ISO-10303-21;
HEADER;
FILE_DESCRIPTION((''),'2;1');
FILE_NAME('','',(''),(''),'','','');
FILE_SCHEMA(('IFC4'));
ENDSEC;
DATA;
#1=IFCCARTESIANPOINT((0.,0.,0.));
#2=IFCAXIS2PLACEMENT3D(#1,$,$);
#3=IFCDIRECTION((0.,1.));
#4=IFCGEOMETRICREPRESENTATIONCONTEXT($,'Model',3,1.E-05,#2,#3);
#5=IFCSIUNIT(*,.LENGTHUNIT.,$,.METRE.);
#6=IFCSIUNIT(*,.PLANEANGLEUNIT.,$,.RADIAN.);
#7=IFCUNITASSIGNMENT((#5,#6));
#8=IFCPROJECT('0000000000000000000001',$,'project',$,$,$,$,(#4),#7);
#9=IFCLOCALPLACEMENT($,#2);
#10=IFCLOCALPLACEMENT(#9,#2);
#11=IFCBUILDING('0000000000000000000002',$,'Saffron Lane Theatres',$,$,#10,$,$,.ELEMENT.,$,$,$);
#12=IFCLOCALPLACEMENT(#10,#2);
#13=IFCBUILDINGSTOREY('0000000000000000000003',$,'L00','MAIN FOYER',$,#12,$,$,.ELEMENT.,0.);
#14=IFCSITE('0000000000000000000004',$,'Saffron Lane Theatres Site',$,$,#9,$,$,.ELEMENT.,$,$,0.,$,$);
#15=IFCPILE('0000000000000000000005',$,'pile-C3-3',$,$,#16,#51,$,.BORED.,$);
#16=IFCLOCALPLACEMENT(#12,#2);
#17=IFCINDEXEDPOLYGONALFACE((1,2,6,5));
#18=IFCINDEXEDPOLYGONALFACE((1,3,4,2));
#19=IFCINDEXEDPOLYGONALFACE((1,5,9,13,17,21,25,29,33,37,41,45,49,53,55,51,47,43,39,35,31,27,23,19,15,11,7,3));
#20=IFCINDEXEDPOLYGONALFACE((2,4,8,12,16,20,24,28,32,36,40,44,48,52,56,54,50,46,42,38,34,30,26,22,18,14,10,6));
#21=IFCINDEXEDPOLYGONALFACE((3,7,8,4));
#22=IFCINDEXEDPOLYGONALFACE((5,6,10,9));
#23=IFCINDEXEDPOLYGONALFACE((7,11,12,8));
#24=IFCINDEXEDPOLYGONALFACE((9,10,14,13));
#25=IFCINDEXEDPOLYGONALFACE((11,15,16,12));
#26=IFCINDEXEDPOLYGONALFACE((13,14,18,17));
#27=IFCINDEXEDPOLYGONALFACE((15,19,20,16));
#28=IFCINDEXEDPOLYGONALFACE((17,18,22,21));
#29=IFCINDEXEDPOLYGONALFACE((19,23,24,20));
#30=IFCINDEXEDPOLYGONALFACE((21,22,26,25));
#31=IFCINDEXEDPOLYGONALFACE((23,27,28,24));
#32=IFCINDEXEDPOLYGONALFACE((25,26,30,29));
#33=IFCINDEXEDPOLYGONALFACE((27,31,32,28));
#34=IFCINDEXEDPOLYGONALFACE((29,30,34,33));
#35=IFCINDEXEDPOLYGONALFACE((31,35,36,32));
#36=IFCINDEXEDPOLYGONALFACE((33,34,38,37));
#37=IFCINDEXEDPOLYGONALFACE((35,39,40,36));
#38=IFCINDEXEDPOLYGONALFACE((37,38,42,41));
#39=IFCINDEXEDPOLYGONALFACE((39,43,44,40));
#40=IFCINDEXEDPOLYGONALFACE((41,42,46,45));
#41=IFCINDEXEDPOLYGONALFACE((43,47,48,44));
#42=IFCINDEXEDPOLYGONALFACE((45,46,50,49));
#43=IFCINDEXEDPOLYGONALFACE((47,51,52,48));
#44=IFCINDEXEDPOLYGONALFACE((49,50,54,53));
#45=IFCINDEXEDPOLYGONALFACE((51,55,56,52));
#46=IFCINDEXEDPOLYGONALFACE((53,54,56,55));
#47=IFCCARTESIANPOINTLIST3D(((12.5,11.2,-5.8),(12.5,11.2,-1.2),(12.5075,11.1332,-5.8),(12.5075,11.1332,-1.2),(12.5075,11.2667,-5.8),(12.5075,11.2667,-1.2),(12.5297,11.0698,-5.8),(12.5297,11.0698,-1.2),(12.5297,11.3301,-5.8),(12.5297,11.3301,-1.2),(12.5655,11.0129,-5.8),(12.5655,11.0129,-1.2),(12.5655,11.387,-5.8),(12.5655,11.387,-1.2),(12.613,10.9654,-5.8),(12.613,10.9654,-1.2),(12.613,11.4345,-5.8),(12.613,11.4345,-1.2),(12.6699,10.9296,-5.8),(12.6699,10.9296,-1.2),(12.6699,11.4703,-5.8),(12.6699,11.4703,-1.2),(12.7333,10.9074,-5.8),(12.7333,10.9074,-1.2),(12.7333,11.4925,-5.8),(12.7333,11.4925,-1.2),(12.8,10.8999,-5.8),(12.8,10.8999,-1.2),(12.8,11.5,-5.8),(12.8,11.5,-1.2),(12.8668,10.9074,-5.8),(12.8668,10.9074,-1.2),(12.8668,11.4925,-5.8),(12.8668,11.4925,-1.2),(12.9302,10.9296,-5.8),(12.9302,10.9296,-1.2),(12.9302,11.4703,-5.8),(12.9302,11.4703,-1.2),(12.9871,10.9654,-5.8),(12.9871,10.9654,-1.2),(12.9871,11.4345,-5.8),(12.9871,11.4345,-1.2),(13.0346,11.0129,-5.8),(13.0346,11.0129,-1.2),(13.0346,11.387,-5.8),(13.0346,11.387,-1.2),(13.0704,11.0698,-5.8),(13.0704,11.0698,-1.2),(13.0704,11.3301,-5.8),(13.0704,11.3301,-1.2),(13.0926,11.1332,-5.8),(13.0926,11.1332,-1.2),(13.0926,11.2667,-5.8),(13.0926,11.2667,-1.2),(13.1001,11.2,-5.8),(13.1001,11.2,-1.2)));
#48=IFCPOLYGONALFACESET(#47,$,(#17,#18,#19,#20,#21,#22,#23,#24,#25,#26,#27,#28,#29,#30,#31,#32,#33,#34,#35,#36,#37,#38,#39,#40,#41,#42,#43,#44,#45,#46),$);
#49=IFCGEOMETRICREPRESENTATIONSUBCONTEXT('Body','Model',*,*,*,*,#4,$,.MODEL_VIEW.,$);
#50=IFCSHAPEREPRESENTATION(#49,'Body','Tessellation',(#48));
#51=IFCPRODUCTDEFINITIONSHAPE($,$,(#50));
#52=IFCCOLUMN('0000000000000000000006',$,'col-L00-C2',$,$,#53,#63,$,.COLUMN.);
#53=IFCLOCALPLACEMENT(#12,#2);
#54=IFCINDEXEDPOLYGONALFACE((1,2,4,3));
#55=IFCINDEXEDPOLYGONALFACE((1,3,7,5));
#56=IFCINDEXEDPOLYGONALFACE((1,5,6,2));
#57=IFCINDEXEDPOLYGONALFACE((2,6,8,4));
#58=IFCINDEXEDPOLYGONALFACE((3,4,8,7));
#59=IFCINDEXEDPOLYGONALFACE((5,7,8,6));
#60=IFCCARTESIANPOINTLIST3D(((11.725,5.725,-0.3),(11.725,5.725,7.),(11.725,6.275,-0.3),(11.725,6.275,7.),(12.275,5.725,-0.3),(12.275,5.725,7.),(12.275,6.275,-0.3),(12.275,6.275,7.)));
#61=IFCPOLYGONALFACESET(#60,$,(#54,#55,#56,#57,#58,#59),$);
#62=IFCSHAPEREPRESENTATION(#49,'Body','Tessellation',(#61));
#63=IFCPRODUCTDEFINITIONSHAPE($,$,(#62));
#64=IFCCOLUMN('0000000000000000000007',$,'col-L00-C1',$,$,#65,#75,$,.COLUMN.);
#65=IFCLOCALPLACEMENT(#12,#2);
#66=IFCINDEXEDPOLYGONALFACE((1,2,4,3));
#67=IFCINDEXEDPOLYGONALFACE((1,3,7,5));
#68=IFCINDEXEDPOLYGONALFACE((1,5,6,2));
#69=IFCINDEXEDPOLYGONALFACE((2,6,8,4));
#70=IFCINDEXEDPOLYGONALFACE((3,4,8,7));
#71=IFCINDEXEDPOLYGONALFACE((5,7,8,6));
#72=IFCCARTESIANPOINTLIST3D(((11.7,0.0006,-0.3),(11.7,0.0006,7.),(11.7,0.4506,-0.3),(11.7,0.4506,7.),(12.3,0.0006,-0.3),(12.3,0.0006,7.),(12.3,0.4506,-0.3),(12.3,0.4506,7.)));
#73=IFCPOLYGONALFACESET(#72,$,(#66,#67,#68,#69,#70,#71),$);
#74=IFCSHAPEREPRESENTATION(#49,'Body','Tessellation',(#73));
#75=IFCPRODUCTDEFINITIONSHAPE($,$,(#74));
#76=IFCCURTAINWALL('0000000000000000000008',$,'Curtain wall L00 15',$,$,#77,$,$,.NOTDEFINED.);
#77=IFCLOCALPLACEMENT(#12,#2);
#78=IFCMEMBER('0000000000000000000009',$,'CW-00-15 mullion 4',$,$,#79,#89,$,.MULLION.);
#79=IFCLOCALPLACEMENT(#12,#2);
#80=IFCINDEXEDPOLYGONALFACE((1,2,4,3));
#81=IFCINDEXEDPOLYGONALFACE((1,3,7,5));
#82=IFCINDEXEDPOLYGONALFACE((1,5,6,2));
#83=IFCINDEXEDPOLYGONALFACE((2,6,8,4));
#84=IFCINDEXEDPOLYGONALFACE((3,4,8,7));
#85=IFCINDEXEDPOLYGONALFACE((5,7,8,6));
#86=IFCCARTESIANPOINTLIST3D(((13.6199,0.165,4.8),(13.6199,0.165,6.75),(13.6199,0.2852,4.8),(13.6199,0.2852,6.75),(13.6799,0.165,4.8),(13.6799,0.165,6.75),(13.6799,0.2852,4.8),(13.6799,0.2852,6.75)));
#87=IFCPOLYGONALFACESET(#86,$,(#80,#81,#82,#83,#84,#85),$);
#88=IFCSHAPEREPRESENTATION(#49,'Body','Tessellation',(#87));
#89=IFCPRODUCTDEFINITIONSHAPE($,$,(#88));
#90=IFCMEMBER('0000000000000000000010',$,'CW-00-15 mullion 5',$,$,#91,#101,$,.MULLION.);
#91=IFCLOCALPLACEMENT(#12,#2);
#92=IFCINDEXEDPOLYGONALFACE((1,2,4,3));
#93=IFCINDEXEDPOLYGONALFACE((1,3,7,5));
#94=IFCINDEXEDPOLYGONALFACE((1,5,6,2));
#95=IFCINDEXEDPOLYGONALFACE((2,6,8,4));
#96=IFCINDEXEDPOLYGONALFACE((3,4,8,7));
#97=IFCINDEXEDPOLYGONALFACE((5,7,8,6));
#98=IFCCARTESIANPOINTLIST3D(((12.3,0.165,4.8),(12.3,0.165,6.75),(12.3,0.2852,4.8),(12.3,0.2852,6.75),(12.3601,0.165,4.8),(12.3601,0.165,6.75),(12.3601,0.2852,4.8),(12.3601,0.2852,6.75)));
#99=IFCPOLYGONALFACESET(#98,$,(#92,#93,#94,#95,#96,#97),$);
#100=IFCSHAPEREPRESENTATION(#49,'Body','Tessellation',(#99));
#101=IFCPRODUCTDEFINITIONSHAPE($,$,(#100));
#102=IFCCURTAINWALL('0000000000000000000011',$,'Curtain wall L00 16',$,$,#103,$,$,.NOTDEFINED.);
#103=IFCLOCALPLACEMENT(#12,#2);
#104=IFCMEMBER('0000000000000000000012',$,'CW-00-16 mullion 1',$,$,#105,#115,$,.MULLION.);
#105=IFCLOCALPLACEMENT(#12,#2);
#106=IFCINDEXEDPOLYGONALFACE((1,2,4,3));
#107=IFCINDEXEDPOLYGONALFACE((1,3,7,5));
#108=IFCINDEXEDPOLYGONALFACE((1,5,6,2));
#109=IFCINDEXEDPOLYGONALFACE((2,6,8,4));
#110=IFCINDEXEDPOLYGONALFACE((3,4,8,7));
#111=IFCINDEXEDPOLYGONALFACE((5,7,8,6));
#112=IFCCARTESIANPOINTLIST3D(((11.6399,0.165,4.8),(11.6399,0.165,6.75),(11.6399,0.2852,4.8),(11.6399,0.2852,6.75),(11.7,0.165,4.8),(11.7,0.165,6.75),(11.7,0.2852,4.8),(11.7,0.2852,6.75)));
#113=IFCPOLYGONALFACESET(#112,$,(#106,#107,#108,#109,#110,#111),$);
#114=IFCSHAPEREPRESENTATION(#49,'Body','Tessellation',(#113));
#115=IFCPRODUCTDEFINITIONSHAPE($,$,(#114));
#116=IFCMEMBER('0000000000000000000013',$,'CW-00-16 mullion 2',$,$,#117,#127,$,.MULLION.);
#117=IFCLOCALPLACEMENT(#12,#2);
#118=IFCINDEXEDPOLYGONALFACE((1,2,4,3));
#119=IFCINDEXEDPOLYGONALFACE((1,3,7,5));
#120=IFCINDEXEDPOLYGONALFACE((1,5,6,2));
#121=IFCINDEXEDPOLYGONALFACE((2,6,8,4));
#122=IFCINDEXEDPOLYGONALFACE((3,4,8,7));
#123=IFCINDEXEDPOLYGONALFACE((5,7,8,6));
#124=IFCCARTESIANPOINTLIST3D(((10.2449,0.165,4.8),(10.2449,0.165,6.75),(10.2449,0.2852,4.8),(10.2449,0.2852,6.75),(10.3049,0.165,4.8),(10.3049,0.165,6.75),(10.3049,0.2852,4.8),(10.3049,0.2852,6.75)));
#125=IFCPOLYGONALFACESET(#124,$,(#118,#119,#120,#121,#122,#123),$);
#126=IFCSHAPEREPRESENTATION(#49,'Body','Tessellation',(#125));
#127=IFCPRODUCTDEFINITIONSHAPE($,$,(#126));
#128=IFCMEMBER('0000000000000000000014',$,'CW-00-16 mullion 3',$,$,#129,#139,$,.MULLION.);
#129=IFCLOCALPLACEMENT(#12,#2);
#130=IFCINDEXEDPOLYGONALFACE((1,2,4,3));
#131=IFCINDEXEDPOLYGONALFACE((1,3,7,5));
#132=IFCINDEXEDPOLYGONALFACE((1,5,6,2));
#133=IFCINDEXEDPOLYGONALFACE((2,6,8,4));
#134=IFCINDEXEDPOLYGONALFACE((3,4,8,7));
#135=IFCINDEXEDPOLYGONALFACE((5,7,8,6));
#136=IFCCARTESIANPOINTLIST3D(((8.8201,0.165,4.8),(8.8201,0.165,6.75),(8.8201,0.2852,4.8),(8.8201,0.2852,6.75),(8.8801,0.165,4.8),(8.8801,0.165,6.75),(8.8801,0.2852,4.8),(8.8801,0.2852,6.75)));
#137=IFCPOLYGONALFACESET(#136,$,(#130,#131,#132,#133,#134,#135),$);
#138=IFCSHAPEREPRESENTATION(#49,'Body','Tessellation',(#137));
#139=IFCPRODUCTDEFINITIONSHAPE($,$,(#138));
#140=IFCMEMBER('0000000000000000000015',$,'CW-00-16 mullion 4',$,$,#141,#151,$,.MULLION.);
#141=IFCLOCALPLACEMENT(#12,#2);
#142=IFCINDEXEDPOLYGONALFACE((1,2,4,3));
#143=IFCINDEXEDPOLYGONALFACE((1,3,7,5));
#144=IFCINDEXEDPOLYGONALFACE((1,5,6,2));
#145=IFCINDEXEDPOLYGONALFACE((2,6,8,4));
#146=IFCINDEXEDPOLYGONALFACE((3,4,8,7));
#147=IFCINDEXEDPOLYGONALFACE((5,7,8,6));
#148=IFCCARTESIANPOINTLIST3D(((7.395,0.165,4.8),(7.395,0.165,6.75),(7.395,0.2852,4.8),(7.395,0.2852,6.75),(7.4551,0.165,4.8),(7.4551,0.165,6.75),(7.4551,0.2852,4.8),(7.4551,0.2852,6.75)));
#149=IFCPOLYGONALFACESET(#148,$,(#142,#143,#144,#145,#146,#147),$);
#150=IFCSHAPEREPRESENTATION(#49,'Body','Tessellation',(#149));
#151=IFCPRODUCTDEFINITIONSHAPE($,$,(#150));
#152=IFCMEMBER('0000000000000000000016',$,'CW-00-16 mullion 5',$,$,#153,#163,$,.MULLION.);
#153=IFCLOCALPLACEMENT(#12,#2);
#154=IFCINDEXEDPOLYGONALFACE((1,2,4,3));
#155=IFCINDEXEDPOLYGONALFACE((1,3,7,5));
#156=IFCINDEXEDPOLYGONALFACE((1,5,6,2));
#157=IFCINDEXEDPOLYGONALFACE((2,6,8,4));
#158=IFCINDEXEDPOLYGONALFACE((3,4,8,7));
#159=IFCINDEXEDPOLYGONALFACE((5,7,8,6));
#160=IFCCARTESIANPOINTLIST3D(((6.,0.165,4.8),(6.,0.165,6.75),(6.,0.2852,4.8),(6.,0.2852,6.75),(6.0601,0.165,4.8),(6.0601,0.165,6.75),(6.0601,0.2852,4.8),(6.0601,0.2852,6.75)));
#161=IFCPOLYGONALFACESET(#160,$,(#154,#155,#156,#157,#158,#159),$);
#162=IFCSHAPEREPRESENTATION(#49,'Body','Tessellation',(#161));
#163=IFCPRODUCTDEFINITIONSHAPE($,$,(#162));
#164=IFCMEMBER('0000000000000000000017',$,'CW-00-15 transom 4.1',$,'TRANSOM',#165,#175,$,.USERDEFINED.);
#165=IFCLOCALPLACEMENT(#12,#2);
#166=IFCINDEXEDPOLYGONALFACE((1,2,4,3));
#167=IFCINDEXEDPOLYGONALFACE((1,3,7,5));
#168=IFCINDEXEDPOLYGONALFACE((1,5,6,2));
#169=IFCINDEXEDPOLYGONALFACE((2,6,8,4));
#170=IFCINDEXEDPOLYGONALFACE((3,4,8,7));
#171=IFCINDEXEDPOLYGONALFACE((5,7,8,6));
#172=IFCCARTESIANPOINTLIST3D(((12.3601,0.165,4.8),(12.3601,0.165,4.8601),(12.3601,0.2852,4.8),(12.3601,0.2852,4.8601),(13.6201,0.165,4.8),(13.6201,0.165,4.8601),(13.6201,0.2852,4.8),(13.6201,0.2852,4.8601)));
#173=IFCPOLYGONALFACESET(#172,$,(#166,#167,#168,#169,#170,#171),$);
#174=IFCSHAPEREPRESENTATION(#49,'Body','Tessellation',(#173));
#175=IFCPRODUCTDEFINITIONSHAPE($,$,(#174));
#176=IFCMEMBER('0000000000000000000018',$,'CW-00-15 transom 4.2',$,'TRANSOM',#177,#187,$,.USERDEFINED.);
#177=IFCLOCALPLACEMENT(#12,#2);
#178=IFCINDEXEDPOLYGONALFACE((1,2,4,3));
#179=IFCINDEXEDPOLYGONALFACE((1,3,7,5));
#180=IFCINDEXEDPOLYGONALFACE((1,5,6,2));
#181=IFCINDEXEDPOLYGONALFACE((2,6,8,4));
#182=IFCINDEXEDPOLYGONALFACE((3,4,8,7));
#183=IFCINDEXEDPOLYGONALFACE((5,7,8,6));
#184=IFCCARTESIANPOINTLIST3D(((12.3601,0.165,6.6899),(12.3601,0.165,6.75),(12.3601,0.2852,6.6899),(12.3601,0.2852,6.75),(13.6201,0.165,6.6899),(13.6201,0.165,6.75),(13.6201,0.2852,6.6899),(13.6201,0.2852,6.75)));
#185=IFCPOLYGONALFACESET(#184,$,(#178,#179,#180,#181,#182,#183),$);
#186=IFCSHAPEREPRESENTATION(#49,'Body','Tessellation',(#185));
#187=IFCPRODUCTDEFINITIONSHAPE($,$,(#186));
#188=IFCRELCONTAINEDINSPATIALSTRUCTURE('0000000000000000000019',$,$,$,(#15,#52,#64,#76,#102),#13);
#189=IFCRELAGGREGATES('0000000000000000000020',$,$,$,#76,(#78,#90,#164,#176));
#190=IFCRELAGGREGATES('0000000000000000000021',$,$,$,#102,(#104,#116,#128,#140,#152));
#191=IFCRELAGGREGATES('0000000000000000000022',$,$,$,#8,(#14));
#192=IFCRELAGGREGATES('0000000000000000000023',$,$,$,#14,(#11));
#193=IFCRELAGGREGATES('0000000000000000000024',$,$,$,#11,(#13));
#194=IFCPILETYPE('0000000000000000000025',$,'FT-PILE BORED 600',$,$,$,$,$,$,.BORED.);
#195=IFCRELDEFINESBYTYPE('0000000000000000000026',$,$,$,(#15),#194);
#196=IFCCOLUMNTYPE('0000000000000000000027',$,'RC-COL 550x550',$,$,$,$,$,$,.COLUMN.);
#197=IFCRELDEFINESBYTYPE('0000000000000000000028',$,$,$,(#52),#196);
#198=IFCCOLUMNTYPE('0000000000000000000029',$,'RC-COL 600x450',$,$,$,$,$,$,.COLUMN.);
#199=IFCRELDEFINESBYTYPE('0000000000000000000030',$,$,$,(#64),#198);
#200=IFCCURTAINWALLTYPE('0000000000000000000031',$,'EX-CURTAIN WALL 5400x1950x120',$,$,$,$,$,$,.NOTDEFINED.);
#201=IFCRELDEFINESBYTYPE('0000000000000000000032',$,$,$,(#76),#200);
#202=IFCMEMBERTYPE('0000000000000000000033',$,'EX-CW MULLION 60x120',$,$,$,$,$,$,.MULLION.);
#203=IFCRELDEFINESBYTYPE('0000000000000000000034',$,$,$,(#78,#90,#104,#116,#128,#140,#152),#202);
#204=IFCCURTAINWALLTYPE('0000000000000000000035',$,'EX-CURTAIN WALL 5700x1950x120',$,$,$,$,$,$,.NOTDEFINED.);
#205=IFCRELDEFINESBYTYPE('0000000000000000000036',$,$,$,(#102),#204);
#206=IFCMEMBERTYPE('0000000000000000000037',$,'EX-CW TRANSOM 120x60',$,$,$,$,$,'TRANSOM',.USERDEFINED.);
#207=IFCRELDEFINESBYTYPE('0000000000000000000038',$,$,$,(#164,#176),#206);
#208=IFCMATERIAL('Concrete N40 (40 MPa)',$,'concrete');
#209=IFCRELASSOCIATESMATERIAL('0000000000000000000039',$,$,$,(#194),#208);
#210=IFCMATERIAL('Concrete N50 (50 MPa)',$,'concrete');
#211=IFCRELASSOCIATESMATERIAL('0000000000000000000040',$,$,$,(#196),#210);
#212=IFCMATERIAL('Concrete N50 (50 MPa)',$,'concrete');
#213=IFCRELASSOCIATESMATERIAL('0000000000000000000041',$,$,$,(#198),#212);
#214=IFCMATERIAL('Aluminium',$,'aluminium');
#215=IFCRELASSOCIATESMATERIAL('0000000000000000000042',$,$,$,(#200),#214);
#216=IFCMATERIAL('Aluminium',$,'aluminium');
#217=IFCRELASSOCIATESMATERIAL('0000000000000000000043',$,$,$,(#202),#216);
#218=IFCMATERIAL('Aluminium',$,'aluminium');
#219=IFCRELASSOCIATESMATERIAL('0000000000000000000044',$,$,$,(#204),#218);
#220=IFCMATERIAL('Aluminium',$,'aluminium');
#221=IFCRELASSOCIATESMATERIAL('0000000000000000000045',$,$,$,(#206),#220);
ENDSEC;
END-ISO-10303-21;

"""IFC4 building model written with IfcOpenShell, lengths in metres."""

from ifc_helpers import new_model, si_unit, direction, frame, origin, origin_2d, place, context, subcontext, project, spatial, rectangle, circle, extrude, material, material_profile, profile_set, type_object, element, aggregate, save


model = new_model("IFC4")

# Units and contexts
model_context = context("Model", 3, precision=1e-05, world=origin(), true_north=direction((0.0, 1.0)))
body_context = subcontext(model_context, "Body", "Model", "MODEL_VIEW")
ifc_project = project(units=[si_unit("LENGTHUNIT", "METRE"), si_unit("PLANEANGLEUNIT", "RADIAN")], contexts=[model_context])

# Site, building, storey
site_placement = place(None, origin())
site = spatial("IfcSite", under=ifc_project, at=site_placement, Name="Saffron Lane Theatres Site", CompositionType="ELEMENT", RefElevation=0.0)
building_placement = place(site_placement, origin())
building = spatial("IfcBuilding", under=site, at=building_placement, Name="Saffron Lane Theatres", CompositionType="ELEMENT")
storey_placement = place(building_placement, origin())
storey = spatial("IfcBuildingStorey", under=building, at=storey_placement, Name="L00", Description="MAIN FOYER", CompositionType="ELEMENT", Elevation=0.0)

# Pile
ifc_material_1 = material(Name="Concrete N40 (40 MPa)", Category="concrete")
ifc_material_profile_1 = material_profile(ifc_material_1, circle(Radius=0.3, at=origin_2d()))
ifc_profile_set_1 = profile_set([ifc_material_profile_1], Name="Concrete N40 (40 MPa)")
pile_type = type_object("IfcPileType", Name="FT-PILE BORED 600", PredefinedType="BORED", material=ifc_profile_set_1)
for number, where, z_axis, x_axis, name in (
    (1, (12.8, 11.2, -1.2), (0.0, 0.0, -1.0), (1.0, 0.0, 0.0), "pile-C3-3"),
):
    element("IfcPile", number, at=place(storey_placement, frame(where, z_axis=z_axis, x_axis=x_axis)), inside=storey, type_object=pile_type, Name=name, PredefinedType="BORED", context=body_context, shape_type="SweptSolid", body=[
        extrude(circle(Radius=0.3, at=origin_2d()), origin(), (0.0, 0.0, 1.0), 4.6001),
    ])

# Columns
ifc_material_2 = material(Name="Concrete N50 (50 MPa)", Category="concrete")
ifc_material_profile_2 = material_profile(ifc_material_2, rectangle(XDim=0.55, YDim=0.55, at=origin_2d()))
ifc_profile_set_2 = profile_set([ifc_material_profile_2], Name="Concrete N50 (50 MPa)")
column_type_1 = type_object("IfcColumnType", Name="RC-COL 550x550", PredefinedType="COLUMN", material=ifc_profile_set_2)
column_1_placement = place(storey_placement, frame((12.0, 6.0, -0.3), z_axis=(0.0, 0.0, 1.0), x_axis=(1.0, 0.0, 0.0)))
element("IfcColumn", 2, at=column_1_placement, inside=storey, type_object=column_type_1, Name="col-L00-C2", PredefinedType="COLUMN", context=body_context, shape_type="SweptSolid", body=[
    extrude(rectangle(XDim=0.55, YDim=0.55, at=origin_2d()), origin(), (0.0, 0.0, 1.0), 7.3),
])
ifc_material_3 = material(Name="Concrete N50 (50 MPa)", Category="concrete")
ifc_material_profile_3 = material_profile(ifc_material_3, rectangle(XDim=0.6001, YDim=0.45, at=origin_2d()))
ifc_profile_set_3 = profile_set([ifc_material_profile_3], Name="Concrete N50 (50 MPa)")
column_type_2 = type_object("IfcColumnType", Name="RC-COL 600x450", PredefinedType="COLUMN", material=ifc_profile_set_3)
column_2_placement = place(storey_placement, frame((12.0, 0.2256, -0.3), z_axis=(0.0, 0.0, 1.0), x_axis=(1.0, 0.0, 0.0)))
element("IfcColumn", 3, at=column_2_placement, inside=storey, type_object=column_type_2, Name="col-L00-C1", PredefinedType="COLUMN", context=body_context, shape_type="SweptSolid", body=[
    extrude(rectangle(XDim=0.6001, YDim=0.45, at=origin_2d()), origin(), (0.0, 0.0, 1.0), 7.3),
])

# Curtain walls, members
ifc_material_4 = material(Name="Aluminium", Category="aluminium")
curtain_wall_type_1 = type_object("IfcCurtainWallType", Name="EX-CURTAIN WALL 5400x1950x120", PredefinedType="NOTDEFINED", material=ifc_material_4)
curtain_wall_1_placement = place(storey_placement, origin())
curtain_wall_1 = element("IfcCurtainWall", 4, at=curtain_wall_1_placement, inside=storey, type_object=curtain_wall_type_1, Name="Curtain wall L00 15", PredefinedType="NOTDEFINED")
ifc_material_5 = material(Name="Aluminium", Category="aluminium")
ifc_material_profile_4 = material_profile(ifc_material_5, rectangle(XDim=0.0601, YDim=0.1201, at=origin_2d()))
ifc_profile_set_4 = profile_set([ifc_material_profile_4], Name="Aluminium")
member_type_1 = type_object("IfcMemberType", Name="EX-CW MULLION 60x120", PredefinedType="MULLION", material=ifc_profile_set_4)
member_1_placement = place(storey_placement, frame((13.6499, 0.2251, 4.8), z_axis=(0.0, 0.0, 1.0), x_axis=(-1.0, 0.0, 0.0)))
member_1 = element("IfcMember", 5, at=member_1_placement, type_object=member_type_1, Name="CW-00-15 mullion 4", PredefinedType="MULLION", context=body_context, shape_type="SweptSolid", body=[
    extrude(rectangle(XDim=0.0601, YDim=0.1201, at=origin_2d()), origin(), (0.0, 0.0, 1.0), 1.95),
])
member_2_placement = place(storey_placement, frame((12.3301, 0.2251, 4.8), z_axis=(0.0, 0.0, 1.0), x_axis=(-1.0, 0.0, 0.0)))
member_2 = element("IfcMember", 6, at=member_2_placement, type_object=member_type_1, Name="CW-00-15 mullion 5", PredefinedType="MULLION", context=body_context, shape_type="SweptSolid", body=[
    extrude(rectangle(XDim=0.0601, YDim=0.1201, at=origin_2d()), origin(), (0.0, 0.0, 1.0), 1.95),
])
ifc_material_6 = material(Name="Aluminium", Category="aluminium")
curtain_wall_type_2 = type_object("IfcCurtainWallType", Name="EX-CURTAIN WALL 5700x1950x120", PredefinedType="NOTDEFINED", material=ifc_material_6)
curtain_wall_2_placement = place(storey_placement, origin())
curtain_wall_2 = element("IfcCurtainWall", 7, at=curtain_wall_2_placement, inside=storey, type_object=curtain_wall_type_2, Name="Curtain wall L00 16", PredefinedType="NOTDEFINED")
member_3_placement = place(storey_placement, frame((11.6699, 0.2251, 4.8), z_axis=(0.0, 0.0, 1.0), x_axis=(-1.0, 0.0, 0.0)))
member_3 = element("IfcMember", 8, at=member_3_placement, type_object=member_type_1, Name="CW-00-16 mullion 1", PredefinedType="MULLION", context=body_context, shape_type="SweptSolid", body=[
    extrude(rectangle(XDim=0.0601, YDim=0.1201, at=origin_2d()), origin(), (0.0, 0.0, 1.0), 1.95),
])
member_4_placement = place(storey_placement, frame((10.2749, 0.2251, 4.8), z_axis=(0.0, 0.0, 1.0), x_axis=(-1.0, 0.0, 0.0)))
member_4 = element("IfcMember", 9, at=member_4_placement, type_object=member_type_1, Name="CW-00-16 mullion 2", PredefinedType="MULLION", context=body_context, shape_type="SweptSolid", body=[
    extrude(rectangle(XDim=0.0601, YDim=0.1201, at=origin_2d()), origin(), (0.0, 0.0, 1.0), 1.95),
])
member_5_placement = place(storey_placement, frame((8.8501, 0.2251, 4.8), z_axis=(0.0, 0.0, 1.0), x_axis=(-1.0, 0.0, 0.0)))
member_5 = element("IfcMember", 10, at=member_5_placement, type_object=member_type_1, Name="CW-00-16 mullion 3", PredefinedType="MULLION", context=body_context, shape_type="SweptSolid", body=[
    extrude(rectangle(XDim=0.0601, YDim=0.1201, at=origin_2d()), origin(), (0.0, 0.0, 1.0), 1.95),
])
member_6_placement = place(storey_placement, frame((7.425, 0.2251, 4.8), z_axis=(0.0, 0.0, 1.0), x_axis=(-1.0, 0.0, 0.0)))
member_6 = element("IfcMember", 11, at=member_6_placement, type_object=member_type_1, Name="CW-00-16 mullion 4", PredefinedType="MULLION", context=body_context, shape_type="SweptSolid", body=[
    extrude(rectangle(XDim=0.0601, YDim=0.1201, at=origin_2d()), origin(), (0.0, 0.0, 1.0), 1.95),
])
member_7_placement = place(storey_placement, frame((6.03, 0.2251, 4.8), z_axis=(0.0, 0.0, 1.0), x_axis=(-1.0, 0.0, 0.0)))
member_7 = element("IfcMember", 12, at=member_7_placement, type_object=member_type_1, Name="CW-00-16 mullion 5", PredefinedType="MULLION", context=body_context, shape_type="SweptSolid", body=[
    extrude(rectangle(XDim=0.0601, YDim=0.1201, at=origin_2d()), origin(), (0.0, 0.0, 1.0), 1.95),
])

# Members
ifc_material_7 = material(Name="Aluminium", Category="aluminium")
ifc_material_profile_5 = material_profile(ifc_material_7, rectangle(XDim=0.1201, YDim=0.0601, at=origin_2d()))
ifc_profile_set_5 = profile_set([ifc_material_profile_5], Name="Aluminium")
member_type_2 = type_object("IfcMemberType", Name="EX-CW TRANSOM 120x60", ElementType="TRANSOM", PredefinedType="USERDEFINED", material=ifc_profile_set_5)
member_8_placement = place(storey_placement, frame((13.6201, 0.2251, 4.8301), z_axis=(-1.0, 0.0, 0.0), x_axis=(0.0, -1.0, 0.0)))
member_8 = element("IfcMember", 13, at=member_8_placement, type_object=member_type_2, Name="CW-00-15 transom 4.1", ObjectType="TRANSOM", PredefinedType="USERDEFINED", context=body_context, shape_type="SweptSolid", body=[
    extrude(rectangle(XDim=0.1201, YDim=0.0601, at=origin_2d()), origin(), (0.0, 0.0, 1.0), 1.26),
])
member_9_placement = place(storey_placement, frame((13.6201, 0.2251, 6.72), z_axis=(-1.0, 0.0, 0.0), x_axis=(0.0, -1.0, 0.0)))
member_9 = element("IfcMember", 14, at=member_9_placement, type_object=member_type_2, Name="CW-00-15 transom 4.2", ObjectType="TRANSOM", PredefinedType="USERDEFINED", context=body_context, shape_type="SweptSolid", body=[
    extrude(rectangle(XDim=0.1201, YDim=0.0601, at=origin_2d()), origin(), (0.0, 0.0, 1.0), 1.26),
])

aggregate(curtain_wall_1, [member_1, member_2, member_8, member_9])
aggregate(curtain_wall_2, [member_3, member_4, member_5, member_6, member_7])

save(model, "model.ifc")
